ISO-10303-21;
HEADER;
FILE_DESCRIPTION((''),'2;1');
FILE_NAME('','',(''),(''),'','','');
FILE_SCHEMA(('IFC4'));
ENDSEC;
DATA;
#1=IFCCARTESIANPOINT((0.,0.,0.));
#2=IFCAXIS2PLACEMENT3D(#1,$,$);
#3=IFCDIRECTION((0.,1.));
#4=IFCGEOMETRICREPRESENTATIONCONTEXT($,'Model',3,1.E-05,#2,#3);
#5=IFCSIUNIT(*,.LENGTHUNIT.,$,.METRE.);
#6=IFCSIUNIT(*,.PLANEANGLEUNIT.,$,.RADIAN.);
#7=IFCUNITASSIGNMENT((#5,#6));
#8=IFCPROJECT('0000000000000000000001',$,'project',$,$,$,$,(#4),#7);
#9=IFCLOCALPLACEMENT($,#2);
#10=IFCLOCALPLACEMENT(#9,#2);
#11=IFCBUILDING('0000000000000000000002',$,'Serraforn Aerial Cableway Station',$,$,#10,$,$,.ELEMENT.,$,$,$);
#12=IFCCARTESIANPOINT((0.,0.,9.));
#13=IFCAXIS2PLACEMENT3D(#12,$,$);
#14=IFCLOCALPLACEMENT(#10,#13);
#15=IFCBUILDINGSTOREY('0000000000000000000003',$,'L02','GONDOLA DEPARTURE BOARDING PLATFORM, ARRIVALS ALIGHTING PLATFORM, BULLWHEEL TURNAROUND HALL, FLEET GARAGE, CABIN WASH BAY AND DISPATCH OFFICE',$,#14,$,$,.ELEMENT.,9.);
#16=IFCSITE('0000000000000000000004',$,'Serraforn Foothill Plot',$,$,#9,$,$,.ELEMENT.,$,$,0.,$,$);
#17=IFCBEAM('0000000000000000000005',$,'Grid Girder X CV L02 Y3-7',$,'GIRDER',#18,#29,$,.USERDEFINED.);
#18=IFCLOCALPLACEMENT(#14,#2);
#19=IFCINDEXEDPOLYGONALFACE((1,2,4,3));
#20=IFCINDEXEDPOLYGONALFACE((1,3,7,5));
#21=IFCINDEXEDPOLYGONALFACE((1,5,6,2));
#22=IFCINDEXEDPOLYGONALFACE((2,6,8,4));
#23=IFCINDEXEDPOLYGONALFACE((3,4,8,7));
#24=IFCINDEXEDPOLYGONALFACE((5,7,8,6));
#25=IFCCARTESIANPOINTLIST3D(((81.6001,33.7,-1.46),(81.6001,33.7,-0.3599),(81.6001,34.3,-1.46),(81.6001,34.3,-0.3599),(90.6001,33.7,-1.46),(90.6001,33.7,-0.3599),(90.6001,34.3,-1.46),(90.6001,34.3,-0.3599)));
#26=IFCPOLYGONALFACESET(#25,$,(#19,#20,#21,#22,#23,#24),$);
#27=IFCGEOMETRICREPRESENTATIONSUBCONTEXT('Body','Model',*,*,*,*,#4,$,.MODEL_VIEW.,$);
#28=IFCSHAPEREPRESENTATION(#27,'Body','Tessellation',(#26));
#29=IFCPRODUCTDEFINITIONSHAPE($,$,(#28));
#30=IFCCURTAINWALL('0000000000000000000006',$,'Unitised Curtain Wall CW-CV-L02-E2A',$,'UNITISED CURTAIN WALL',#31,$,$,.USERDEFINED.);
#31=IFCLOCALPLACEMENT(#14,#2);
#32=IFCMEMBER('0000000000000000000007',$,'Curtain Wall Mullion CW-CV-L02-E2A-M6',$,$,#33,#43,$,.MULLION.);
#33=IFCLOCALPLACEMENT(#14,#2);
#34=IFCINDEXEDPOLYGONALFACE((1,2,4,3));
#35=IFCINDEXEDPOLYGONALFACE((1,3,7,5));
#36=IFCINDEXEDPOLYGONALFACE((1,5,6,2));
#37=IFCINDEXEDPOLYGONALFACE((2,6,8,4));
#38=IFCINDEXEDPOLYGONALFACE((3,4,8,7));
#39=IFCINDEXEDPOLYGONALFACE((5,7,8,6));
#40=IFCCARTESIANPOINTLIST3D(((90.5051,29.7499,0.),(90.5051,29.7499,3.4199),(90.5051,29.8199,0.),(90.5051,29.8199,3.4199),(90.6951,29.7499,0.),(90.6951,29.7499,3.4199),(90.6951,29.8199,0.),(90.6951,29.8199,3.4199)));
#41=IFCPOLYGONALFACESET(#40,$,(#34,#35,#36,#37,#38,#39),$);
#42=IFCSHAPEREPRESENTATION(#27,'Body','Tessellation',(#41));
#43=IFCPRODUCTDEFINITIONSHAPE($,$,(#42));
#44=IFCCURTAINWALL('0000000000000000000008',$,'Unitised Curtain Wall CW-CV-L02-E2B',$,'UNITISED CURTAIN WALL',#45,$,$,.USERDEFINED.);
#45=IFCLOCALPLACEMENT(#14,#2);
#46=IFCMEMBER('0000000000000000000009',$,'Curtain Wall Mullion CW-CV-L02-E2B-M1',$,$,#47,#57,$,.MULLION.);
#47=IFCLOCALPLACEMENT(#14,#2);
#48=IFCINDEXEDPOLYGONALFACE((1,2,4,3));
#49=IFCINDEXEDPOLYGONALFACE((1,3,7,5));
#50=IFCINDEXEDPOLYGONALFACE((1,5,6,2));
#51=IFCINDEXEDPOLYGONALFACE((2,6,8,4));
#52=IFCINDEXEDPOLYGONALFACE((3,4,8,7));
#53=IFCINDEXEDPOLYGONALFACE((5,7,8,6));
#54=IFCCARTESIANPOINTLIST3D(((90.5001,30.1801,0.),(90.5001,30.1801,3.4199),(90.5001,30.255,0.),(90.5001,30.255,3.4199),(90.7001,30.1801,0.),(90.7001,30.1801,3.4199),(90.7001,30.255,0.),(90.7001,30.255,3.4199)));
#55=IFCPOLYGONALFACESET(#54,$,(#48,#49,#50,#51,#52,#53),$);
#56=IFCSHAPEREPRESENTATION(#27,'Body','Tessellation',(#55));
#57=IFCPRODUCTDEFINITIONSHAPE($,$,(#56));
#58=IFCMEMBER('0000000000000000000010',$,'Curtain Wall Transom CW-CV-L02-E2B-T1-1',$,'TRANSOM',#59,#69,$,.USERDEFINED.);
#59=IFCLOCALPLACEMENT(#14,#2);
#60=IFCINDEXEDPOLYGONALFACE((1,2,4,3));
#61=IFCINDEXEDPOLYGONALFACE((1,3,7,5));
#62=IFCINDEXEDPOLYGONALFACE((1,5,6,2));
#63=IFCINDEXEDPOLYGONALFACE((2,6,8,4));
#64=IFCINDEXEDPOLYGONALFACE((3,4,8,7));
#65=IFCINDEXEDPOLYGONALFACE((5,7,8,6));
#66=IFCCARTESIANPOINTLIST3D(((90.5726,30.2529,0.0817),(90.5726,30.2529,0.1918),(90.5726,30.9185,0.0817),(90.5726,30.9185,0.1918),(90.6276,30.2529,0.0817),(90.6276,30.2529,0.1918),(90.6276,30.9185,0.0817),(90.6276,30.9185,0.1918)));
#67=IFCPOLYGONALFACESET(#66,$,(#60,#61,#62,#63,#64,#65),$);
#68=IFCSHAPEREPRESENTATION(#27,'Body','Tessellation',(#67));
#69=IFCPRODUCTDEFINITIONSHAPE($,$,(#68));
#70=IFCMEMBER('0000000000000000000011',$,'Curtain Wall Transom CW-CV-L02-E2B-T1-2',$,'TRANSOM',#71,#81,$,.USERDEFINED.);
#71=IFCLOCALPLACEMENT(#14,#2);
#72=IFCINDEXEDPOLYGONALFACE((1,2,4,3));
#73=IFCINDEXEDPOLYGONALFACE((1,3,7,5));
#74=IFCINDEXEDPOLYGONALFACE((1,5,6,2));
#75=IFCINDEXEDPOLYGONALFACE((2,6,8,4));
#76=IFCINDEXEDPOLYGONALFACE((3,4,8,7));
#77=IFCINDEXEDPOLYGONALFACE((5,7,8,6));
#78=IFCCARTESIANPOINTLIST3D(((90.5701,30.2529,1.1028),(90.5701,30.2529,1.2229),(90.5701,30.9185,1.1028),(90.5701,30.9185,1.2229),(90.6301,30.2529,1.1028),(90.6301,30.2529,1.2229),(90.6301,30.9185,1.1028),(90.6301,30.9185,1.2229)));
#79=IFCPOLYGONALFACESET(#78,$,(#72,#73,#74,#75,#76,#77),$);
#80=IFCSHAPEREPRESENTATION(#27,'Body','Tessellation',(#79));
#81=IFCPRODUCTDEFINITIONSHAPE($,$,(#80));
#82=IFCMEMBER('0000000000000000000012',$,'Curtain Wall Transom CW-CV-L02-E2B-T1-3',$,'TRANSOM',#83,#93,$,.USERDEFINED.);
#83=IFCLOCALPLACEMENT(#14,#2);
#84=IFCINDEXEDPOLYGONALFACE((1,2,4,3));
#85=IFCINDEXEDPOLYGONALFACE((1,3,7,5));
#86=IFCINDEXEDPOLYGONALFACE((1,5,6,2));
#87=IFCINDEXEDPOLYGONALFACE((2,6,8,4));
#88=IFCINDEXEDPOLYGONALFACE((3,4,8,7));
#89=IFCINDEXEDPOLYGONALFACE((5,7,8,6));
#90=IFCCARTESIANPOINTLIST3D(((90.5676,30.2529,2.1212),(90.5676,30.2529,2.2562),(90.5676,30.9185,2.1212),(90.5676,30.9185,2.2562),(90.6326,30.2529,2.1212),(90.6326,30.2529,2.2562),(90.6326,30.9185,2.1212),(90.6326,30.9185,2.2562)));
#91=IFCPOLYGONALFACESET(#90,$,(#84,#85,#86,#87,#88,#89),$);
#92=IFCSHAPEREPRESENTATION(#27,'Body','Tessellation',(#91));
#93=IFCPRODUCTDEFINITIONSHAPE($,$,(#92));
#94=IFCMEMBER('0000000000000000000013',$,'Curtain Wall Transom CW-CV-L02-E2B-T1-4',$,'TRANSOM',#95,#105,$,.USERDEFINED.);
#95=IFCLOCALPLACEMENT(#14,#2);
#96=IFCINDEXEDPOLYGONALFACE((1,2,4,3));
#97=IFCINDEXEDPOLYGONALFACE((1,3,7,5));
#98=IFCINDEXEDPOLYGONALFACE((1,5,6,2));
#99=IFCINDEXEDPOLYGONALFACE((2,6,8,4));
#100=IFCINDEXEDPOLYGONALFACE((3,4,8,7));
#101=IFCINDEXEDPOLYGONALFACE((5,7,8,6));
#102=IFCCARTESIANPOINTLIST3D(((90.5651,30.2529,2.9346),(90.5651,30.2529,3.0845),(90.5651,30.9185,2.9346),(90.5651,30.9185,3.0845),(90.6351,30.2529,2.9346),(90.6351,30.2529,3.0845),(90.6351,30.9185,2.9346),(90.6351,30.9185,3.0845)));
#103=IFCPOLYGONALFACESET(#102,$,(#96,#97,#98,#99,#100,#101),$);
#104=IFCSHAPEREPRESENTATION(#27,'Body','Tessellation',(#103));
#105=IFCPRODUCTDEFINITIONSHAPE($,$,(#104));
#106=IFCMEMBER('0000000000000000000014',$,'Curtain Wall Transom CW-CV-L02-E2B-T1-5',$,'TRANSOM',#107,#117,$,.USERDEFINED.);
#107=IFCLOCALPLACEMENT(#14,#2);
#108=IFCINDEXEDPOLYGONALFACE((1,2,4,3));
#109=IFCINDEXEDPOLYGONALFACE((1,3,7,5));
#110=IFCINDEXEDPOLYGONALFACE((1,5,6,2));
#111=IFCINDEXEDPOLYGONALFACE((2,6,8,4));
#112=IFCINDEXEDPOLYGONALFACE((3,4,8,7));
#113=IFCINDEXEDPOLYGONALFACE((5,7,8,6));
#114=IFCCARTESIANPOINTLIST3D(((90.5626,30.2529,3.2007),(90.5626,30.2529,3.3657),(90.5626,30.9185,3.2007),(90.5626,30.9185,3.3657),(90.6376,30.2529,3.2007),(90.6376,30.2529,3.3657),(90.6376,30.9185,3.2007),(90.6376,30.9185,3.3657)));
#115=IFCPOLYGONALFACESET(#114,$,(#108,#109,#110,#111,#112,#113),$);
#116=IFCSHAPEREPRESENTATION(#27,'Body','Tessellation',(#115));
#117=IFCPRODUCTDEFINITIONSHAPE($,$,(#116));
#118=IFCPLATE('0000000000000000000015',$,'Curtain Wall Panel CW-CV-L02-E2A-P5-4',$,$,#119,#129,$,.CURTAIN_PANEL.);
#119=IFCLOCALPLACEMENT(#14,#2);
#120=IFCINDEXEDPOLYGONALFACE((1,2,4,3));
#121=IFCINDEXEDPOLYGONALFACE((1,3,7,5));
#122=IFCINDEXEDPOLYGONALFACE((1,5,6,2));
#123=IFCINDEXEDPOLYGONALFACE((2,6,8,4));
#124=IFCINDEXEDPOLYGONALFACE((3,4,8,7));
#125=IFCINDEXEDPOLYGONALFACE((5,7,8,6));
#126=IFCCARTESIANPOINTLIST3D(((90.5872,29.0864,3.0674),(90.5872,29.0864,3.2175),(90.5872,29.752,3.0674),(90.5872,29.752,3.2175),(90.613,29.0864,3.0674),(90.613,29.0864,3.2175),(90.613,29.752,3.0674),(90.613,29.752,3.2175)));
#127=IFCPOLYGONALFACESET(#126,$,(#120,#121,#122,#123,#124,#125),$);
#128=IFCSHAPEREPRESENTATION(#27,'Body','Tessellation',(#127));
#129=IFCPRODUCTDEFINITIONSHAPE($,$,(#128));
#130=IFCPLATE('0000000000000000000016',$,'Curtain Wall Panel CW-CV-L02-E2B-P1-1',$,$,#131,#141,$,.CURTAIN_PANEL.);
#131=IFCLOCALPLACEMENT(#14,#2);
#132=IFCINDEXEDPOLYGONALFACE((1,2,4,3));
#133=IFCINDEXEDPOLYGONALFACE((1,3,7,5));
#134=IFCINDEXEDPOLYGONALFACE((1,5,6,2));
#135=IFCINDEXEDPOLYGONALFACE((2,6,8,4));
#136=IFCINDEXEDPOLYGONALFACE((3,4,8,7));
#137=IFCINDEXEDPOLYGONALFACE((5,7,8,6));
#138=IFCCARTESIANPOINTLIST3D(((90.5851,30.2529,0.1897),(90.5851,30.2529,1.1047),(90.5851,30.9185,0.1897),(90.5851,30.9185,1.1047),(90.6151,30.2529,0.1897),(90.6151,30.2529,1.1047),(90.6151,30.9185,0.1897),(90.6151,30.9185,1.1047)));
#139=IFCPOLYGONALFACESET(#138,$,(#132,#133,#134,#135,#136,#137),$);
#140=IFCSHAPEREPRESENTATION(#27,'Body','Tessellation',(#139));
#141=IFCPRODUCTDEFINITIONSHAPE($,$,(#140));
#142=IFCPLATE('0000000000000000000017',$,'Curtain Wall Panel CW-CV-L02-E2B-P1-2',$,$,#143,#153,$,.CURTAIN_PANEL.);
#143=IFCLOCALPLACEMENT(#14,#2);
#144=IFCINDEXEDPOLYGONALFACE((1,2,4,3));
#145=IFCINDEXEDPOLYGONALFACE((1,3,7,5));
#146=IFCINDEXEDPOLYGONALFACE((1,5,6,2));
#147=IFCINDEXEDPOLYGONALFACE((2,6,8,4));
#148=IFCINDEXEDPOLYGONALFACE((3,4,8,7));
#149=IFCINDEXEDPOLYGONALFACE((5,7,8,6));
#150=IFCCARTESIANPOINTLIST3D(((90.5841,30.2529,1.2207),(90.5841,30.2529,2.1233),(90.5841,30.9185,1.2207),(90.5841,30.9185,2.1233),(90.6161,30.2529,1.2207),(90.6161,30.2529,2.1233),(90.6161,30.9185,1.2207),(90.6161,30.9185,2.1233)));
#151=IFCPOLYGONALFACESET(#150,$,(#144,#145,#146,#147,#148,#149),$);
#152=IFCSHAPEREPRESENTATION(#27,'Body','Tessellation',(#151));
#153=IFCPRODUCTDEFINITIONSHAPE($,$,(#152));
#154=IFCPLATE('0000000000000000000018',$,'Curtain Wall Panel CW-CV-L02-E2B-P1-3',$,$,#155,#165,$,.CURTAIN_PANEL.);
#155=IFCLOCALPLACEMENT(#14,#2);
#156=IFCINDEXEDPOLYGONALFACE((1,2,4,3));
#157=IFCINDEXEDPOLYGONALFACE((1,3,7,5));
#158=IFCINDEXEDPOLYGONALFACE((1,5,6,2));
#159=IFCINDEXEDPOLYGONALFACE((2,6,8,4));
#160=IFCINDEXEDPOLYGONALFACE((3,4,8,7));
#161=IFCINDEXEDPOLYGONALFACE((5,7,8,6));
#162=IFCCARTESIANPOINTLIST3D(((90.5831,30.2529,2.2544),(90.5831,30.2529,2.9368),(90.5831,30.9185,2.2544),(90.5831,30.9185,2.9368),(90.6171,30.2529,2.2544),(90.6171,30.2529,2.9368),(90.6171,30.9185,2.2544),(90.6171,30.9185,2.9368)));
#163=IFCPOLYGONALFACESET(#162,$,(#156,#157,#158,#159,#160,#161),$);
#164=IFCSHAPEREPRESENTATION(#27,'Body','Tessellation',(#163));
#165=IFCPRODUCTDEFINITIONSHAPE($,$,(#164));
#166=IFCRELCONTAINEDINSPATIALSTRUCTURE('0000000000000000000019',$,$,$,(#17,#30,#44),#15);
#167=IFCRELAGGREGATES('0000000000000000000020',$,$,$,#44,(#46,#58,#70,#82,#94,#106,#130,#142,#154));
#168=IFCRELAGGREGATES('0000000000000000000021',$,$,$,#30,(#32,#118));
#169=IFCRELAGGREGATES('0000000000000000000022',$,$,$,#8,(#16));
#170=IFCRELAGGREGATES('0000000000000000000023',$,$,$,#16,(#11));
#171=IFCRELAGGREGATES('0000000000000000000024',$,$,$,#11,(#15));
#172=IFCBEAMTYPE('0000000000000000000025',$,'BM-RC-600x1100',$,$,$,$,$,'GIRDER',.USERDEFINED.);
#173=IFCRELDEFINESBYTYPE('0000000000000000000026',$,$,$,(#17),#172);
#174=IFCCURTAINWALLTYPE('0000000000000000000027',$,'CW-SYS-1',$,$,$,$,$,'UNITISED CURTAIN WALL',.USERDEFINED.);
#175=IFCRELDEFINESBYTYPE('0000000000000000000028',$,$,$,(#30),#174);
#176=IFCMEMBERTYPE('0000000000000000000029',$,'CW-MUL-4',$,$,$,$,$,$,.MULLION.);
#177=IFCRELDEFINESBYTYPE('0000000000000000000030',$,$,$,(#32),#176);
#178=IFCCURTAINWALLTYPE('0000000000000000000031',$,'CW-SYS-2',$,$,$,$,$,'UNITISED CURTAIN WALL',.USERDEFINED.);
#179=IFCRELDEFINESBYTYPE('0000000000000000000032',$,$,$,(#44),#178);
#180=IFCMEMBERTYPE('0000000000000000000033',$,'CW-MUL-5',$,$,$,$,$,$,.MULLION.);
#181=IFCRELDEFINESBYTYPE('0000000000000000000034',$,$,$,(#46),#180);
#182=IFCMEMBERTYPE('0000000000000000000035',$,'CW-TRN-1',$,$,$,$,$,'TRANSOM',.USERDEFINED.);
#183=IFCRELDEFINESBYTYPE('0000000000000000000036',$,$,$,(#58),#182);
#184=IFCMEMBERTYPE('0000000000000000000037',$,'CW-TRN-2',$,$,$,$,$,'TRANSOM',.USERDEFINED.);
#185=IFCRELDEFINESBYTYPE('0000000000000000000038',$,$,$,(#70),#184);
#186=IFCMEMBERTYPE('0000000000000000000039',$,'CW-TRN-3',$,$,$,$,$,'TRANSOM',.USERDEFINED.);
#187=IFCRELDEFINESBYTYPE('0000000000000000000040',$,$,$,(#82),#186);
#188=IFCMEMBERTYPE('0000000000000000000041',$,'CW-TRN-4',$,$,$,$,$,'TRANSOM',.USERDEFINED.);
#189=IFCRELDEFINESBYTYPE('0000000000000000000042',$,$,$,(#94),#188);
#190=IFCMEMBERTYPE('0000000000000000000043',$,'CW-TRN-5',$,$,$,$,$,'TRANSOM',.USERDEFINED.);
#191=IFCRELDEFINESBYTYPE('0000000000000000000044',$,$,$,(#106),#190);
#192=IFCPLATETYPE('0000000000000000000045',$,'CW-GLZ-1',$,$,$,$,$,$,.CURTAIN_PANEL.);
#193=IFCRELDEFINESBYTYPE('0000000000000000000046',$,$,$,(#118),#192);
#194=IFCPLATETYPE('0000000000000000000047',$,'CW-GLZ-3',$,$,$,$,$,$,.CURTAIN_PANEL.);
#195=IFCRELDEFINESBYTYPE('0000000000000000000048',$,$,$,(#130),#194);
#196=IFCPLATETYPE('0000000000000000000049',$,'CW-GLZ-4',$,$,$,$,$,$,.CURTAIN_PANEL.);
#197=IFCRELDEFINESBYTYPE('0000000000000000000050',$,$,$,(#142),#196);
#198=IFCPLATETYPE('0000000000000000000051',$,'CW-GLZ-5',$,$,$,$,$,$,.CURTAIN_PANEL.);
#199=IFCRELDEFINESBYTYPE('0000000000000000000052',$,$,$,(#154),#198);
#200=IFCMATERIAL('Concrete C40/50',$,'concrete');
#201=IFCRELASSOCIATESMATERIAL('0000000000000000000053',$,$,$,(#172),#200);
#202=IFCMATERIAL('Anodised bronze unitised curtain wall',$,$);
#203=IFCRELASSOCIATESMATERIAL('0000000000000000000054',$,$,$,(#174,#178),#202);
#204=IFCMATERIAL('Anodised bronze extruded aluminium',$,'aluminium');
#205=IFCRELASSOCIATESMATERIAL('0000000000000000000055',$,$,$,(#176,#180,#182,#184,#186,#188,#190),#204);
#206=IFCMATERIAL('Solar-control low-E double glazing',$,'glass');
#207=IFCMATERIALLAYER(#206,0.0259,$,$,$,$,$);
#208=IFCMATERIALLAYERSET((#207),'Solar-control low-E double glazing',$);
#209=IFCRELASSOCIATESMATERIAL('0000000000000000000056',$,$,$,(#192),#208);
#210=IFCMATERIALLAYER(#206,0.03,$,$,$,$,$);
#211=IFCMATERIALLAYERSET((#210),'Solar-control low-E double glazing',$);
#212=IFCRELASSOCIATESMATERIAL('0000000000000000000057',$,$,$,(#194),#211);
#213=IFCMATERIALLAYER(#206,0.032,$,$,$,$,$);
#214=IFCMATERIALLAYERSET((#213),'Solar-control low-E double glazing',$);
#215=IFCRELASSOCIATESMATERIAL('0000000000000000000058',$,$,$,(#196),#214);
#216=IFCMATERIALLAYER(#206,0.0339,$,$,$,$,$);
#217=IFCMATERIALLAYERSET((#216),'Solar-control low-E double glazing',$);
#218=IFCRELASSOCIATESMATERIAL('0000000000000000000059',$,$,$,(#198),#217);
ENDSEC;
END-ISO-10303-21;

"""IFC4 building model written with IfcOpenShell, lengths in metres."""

from ifc_helpers import new_model, si_unit, direction, frame, origin, origin_2d, place, context, subcontext, project, spatial, rectangle, extrude, material, layer, layer_set, material_profile, profile_set, type_object, element, aggregate, save


model = new_model("IFC4")

# Units and contexts
model_context = context("Model", 3, precision=1e-05, world=origin(), true_north=direction((0.0, 1.0)))
body_context = subcontext(model_context, "Body", "Model", "MODEL_VIEW")
ifc_project = project(units=[si_unit("LENGTHUNIT", "METRE"), si_unit("PLANEANGLEUNIT", "RADIAN")], contexts=[model_context])

# Site, building, storey
site_placement = place(None, origin())
site = spatial("IfcSite", under=ifc_project, at=site_placement, Name="Serraforn Foothill Plot", CompositionType="ELEMENT", RefElevation=0.0)
building_placement = place(site_placement, origin())
building = spatial("IfcBuilding", under=site, at=building_placement, Name="Serraforn Aerial Cableway Station", CompositionType="ELEMENT")
storey_placement = place(building_placement, frame((0.0, 0.0, 9.0)))
storey = spatial("IfcBuildingStorey", under=building, at=storey_placement, Name="L02", Description="GONDOLA DEPARTURE BOARDING PLATFORM, ARRIVALS ALIGHTING PLATFORM, BULLWHEEL TURNAROUND HALL, FLEET GARAGE, CABIN WASH BAY AND DISPATCH OFFICE", CompositionType="ELEMENT", Elevation=9.0)

# Beam
ifc_material_1 = material(Name="Concrete C40/50", Category="concrete")
ifc_material_profile_1 = material_profile(ifc_material_1, rectangle(XDim=0.6001, YDim=1.1001, at=origin_2d()), Name="RC 600x1100")
ifc_profile_set_1 = profile_set([ifc_material_profile_1], Name="Concrete C40/50")
beam_type = type_object("IfcBeamType", Name="BM-RC-600x1100", ElementType="GIRDER", PredefinedType="USERDEFINED", material=ifc_profile_set_1)
beam_placement = place(storey_placement, frame((81.6001, 34.0, -0.9099), z_axis=(1.0, 0.0, 0.0), x_axis=(0.0, 1.0, 0.0)))
element("IfcBeam", 1, at=beam_placement, inside=storey, type_object=beam_type, Name="Grid Girder X CV L02 Y3-7", ObjectType="GIRDER", PredefinedType="USERDEFINED", context=body_context, shape_type="SweptSolid", body=[
    extrude(rectangle(XDim=0.6001, YDim=1.1001, at=origin_2d()), origin(), (0.0, 0.0, 1.0), 9.0),
])

# Curtain wall, member
ifc_material_2 = material(Name="Anodised bronze unitised curtain wall")
curtain_wall_type_1 = type_object("IfcCurtainWallType", Name="CW-SYS-1", ElementType="UNITISED CURTAIN WALL", PredefinedType="USERDEFINED", material=ifc_material_2)
curtain_wall_1_placement = place(storey_placement, origin())
curtain_wall_1 = element("IfcCurtainWall", 2, at=curtain_wall_1_placement, inside=storey, type_object=curtain_wall_type_1, Name="Unitised Curtain Wall CW-CV-L02-E2A", ObjectType="UNITISED CURTAIN WALL", PredefinedType="USERDEFINED")
ifc_material_3 = material(Name="Anodised bronze extruded aluminium", Category="aluminium")
ifc_material_profile_2 = material_profile(ifc_material_3, rectangle(XDim=0.0701, YDim=0.1899, at=origin_2d()), Name="CW MULLION 70x190")
ifc_profile_set_2 = profile_set([ifc_material_profile_2], Name="Anodised bronze extruded aluminium")
member_type_1 = type_object("IfcMemberType", Name="CW-MUL-4", PredefinedType="MULLION", material=ifc_profile_set_2)
member_1_placement = place(storey_placement, frame((90.6001, 29.7849, 0.0), z_axis=(0.0, 0.0, 1.0), x_axis=(0.0, 1.0, 0.0)))
member_1 = element("IfcMember", 3, at=member_1_placement, type_object=member_type_1, Name="Curtain Wall Mullion CW-CV-L02-E2A-M6", PredefinedType="MULLION", context=body_context, shape_type="SweptSolid", body=[
    extrude(rectangle(XDim=0.0701, YDim=0.1899, at=origin_2d()), origin(), (0.0, 0.0, 1.0), 3.4199),
])

# Curtain wall, members
curtain_wall_type_2 = type_object("IfcCurtainWallType", Name="CW-SYS-2", ElementType="UNITISED CURTAIN WALL", PredefinedType="USERDEFINED", material=ifc_material_2)
curtain_wall_2_placement = place(storey_placement, origin())
curtain_wall_2 = element("IfcCurtainWall", 4, at=curtain_wall_2_placement, inside=storey, type_object=curtain_wall_type_2, Name="Unitised Curtain Wall CW-CV-L02-E2B", ObjectType="UNITISED CURTAIN WALL", PredefinedType="USERDEFINED")
ifc_material_profile_3 = material_profile(ifc_material_3, rectangle(XDim=0.075, YDim=0.2, at=origin_2d()), Name="CW MULLION 75x200")
ifc_profile_set_3 = profile_set([ifc_material_profile_3], Name="Anodised bronze extruded aluminium")
member_type_2 = type_object("IfcMemberType", Name="CW-MUL-5", PredefinedType="MULLION", material=ifc_profile_set_3)
member_2_placement = place(storey_placement, frame((90.6001, 30.2175, 0.0), z_axis=(0.0, 0.0, 1.0), x_axis=(0.0, 1.0, 0.0)))
member_2 = element("IfcMember", 5, at=member_2_placement, type_object=member_type_2, Name="Curtain Wall Mullion CW-CV-L02-E2B-M1", PredefinedType="MULLION", context=body_context, shape_type="SweptSolid", body=[
    extrude(rectangle(XDim=0.075, YDim=0.2, at=origin_2d()), origin(), (0.0, 0.0, 1.0), 3.4199),
])
ifc_material_profile_4 = material_profile(ifc_material_3, rectangle(XDim=0.0549, YDim=0.1101, at=origin_2d()), Name="CW TRANSOM 55x110")
ifc_profile_set_4 = profile_set([ifc_material_profile_4], Name="Anodised bronze extruded aluminium")
member_type_3 = type_object("IfcMemberType", Name="CW-TRN-1", ElementType="TRANSOM", PredefinedType="USERDEFINED", material=ifc_profile_set_4)
member_3_placement = place(storey_placement, frame((90.6001, 30.2529, 0.1367), z_axis=(0.0, 1.0, 0.0), x_axis=(-1.0, 0.0, 0.0)))
member_3 = element("IfcMember", 6, at=member_3_placement, type_object=member_type_3, Name="Curtain Wall Transom CW-CV-L02-E2B-T1-1", ObjectType="TRANSOM", PredefinedType="USERDEFINED", context=body_context, shape_type="SweptSolid", body=[
    extrude(rectangle(XDim=0.0549, YDim=0.1101, at=origin_2d()), origin(), (0.0, 0.0, 1.0), 0.6655),
])
ifc_material_profile_5 = material_profile(ifc_material_3, rectangle(XDim=0.0601, YDim=0.1201, at=origin_2d()), Name="CW TRANSOM 60x120")
ifc_profile_set_5 = profile_set([ifc_material_profile_5], Name="Anodised bronze extruded aluminium")
member_type_4 = type_object("IfcMemberType", Name="CW-TRN-2", ElementType="TRANSOM", PredefinedType="USERDEFINED", material=ifc_profile_set_5)
member_4_placement = place(storey_placement, frame((90.6001, 30.2529, 1.1628), z_axis=(0.0, 1.0, 0.0), x_axis=(-1.0, 0.0, 0.0)))
member_4 = element("IfcMember", 7, at=member_4_placement, type_object=member_type_4, Name="Curtain Wall Transom CW-CV-L02-E2B-T1-2", ObjectType="TRANSOM", PredefinedType="USERDEFINED", context=body_context, shape_type="SweptSolid", body=[
    extrude(rectangle(XDim=0.0601, YDim=0.1201, at=origin_2d()), origin(), (0.0, 0.0, 1.0), 0.6655),
])
ifc_material_profile_6 = material_profile(ifc_material_3, rectangle(XDim=0.0649, YDim=0.135, at=origin_2d()), Name="CW TRANSOM 65x135")
ifc_profile_set_6 = profile_set([ifc_material_profile_6], Name="Anodised bronze extruded aluminium")
member_type_5 = type_object("IfcMemberType", Name="CW-TRN-3", ElementType="TRANSOM", PredefinedType="USERDEFINED", material=ifc_profile_set_6)
member_5_placement = place(storey_placement, frame((90.6001, 30.2529, 2.1887), z_axis=(0.0, 1.0, 0.0), x_axis=(-1.0, 0.0, 0.0)))
member_5 = element("IfcMember", 8, at=member_5_placement, type_object=member_type_5, Name="Curtain Wall Transom CW-CV-L02-E2B-T1-3", ObjectType="TRANSOM", PredefinedType="USERDEFINED", context=body_context, shape_type="SweptSolid", body=[
    extrude(rectangle(XDim=0.0649, YDim=0.135, at=origin_2d()), origin(), (0.0, 0.0, 1.0), 0.6655),
])
ifc_material_profile_7 = material_profile(ifc_material_3, rectangle(XDim=0.0701, YDim=0.1499, at=origin_2d()), Name="CW TRANSOM 70x150")
ifc_profile_set_7 = profile_set([ifc_material_profile_7], Name="Anodised bronze extruded aluminium")
member_type_6 = type_object("IfcMemberType", Name="CW-TRN-4", ElementType="TRANSOM", PredefinedType="USERDEFINED", material=ifc_profile_set_7)
member_6_placement = place(storey_placement, frame((90.6001, 30.2529, 3.0095), z_axis=(0.0, 1.0, 0.0), x_axis=(-1.0, 0.0, 0.0)))
member_6 = element("IfcMember", 9, at=member_6_placement, type_object=member_type_6, Name="Curtain Wall Transom CW-CV-L02-E2B-T1-4", ObjectType="TRANSOM", PredefinedType="USERDEFINED", context=body_context, shape_type="SweptSolid", body=[
    extrude(rectangle(XDim=0.0701, YDim=0.1499, at=origin_2d()), origin(), (0.0, 0.0, 1.0), 0.6655),
])
ifc_material_profile_8 = material_profile(ifc_material_3, rectangle(XDim=0.075, YDim=0.165, at=origin_2d()), Name="CW TRANSOM 75x165")
ifc_profile_set_8 = profile_set([ifc_material_profile_8], Name="Anodised bronze extruded aluminium")
member_type_7 = type_object("IfcMemberType", Name="CW-TRN-5", ElementType="TRANSOM", PredefinedType="USERDEFINED", material=ifc_profile_set_8)
member_7_placement = place(storey_placement, frame((90.6001, 30.2529, 3.2832), z_axis=(0.0, 1.0, 0.0), x_axis=(-1.0, 0.0, 0.0)))
member_7 = element("IfcMember", 10, at=member_7_placement, type_object=member_type_7, Name="Curtain Wall Transom CW-CV-L02-E2B-T1-5", ObjectType="TRANSOM", PredefinedType="USERDEFINED", context=body_context, shape_type="SweptSolid", body=[
    extrude(rectangle(XDim=0.075, YDim=0.165, at=origin_2d()), origin(), (0.0, 0.0, 1.0), 0.6655),
])

# Plates
ifc_material_4 = material(Name="Solar-control low-E double glazing", Category="glass")
ifc_layer_1 = layer(ifc_material_4, 0.0259)
ifc_layer_set_1 = layer_set([ifc_layer_1], Name="Solar-control low-E double glazing")
plate_type_1 = type_object("IfcPlateType", Name="CW-GLZ-1", PredefinedType="CURTAIN_PANEL", material=ifc_layer_set_1)
plate_1_placement = place(storey_placement, frame((90.6001, 29.4192, 3.0674), z_axis=(0.0, 0.0, 1.0), x_axis=(1.0, 0.0, 0.0)))
plate_1 = element("IfcPlate", 11, at=plate_1_placement, type_object=plate_type_1, Name="Curtain Wall Panel CW-CV-L02-E2A-P5-4", PredefinedType="CURTAIN_PANEL", context=body_context, shape_type="SweptSolid", body=[
    extrude(rectangle(XDim=0.0259, YDim=0.6655, at=origin_2d()), origin(), (0.0, 0.0, 1.0), 0.1501),
])
ifc_layer_2 = layer(ifc_material_4, 0.03)
ifc_layer_set_2 = layer_set([ifc_layer_2], Name="Solar-control low-E double glazing")
plate_type_2 = type_object("IfcPlateType", Name="CW-GLZ-3", PredefinedType="CURTAIN_PANEL", material=ifc_layer_set_2)
plate_2_placement = place(storey_placement, frame((90.6001, 30.5857, 0.1897), z_axis=(0.0, 0.0, 1.0), x_axis=(1.0, 0.0, 0.0)))
plate_2 = element("IfcPlate", 12, at=plate_2_placement, type_object=plate_type_2, Name="Curtain Wall Panel CW-CV-L02-E2B-P1-1", PredefinedType="CURTAIN_PANEL", context=body_context, shape_type="SweptSolid", body=[
    extrude(rectangle(XDim=0.03, YDim=0.6655, at=origin_2d()), origin(), (0.0, 0.0, 1.0), 0.915),
])
ifc_layer_3 = layer(ifc_material_4, 0.032)
ifc_layer_set_3 = layer_set([ifc_layer_3], Name="Solar-control low-E double glazing")
plate_type_3 = type_object("IfcPlateType", Name="CW-GLZ-4", PredefinedType="CURTAIN_PANEL", material=ifc_layer_set_3)
plate_3_placement = place(storey_placement, frame((90.6001, 30.5857, 1.2207), z_axis=(0.0, 0.0, 1.0), x_axis=(1.0, 0.0, 0.0)))
plate_3 = element("IfcPlate", 13, at=plate_3_placement, type_object=plate_type_3, Name="Curtain Wall Panel CW-CV-L02-E2B-P1-2", PredefinedType="CURTAIN_PANEL", context=body_context, shape_type="SweptSolid", body=[
    extrude(rectangle(XDim=0.032, YDim=0.6655, at=origin_2d()), origin(), (0.0, 0.0, 1.0), 0.9026),
])
ifc_layer_4 = layer(ifc_material_4, 0.0339)
ifc_layer_set_4 = layer_set([ifc_layer_4], Name="Solar-control low-E double glazing")
plate_type_4 = type_object("IfcPlateType", Name="CW-GLZ-5", PredefinedType="CURTAIN_PANEL", material=ifc_layer_set_4)
plate_4_placement = place(storey_placement, frame((90.6001, 30.5857, 2.2544), z_axis=(0.0, 0.0, 1.0), x_axis=(1.0, 0.0, 0.0)))
plate_4 = element("IfcPlate", 14, at=plate_4_placement, type_object=plate_type_4, Name="Curtain Wall Panel CW-CV-L02-E2B-P1-3", PredefinedType="CURTAIN_PANEL", context=body_context, shape_type="SweptSolid", body=[
    extrude(rectangle(XDim=0.0339, YDim=0.6655, at=origin_2d()), origin(), (0.0, 0.0, 1.0), 0.6824),
])
aggregate(curtain_wall_2, [member_2, member_3, member_4, member_5, member_6, member_7, plate_2, plate_3, plate_4])
aggregate(curtain_wall_1, [member_1, plate_1])

save(model, "model.ifc")
